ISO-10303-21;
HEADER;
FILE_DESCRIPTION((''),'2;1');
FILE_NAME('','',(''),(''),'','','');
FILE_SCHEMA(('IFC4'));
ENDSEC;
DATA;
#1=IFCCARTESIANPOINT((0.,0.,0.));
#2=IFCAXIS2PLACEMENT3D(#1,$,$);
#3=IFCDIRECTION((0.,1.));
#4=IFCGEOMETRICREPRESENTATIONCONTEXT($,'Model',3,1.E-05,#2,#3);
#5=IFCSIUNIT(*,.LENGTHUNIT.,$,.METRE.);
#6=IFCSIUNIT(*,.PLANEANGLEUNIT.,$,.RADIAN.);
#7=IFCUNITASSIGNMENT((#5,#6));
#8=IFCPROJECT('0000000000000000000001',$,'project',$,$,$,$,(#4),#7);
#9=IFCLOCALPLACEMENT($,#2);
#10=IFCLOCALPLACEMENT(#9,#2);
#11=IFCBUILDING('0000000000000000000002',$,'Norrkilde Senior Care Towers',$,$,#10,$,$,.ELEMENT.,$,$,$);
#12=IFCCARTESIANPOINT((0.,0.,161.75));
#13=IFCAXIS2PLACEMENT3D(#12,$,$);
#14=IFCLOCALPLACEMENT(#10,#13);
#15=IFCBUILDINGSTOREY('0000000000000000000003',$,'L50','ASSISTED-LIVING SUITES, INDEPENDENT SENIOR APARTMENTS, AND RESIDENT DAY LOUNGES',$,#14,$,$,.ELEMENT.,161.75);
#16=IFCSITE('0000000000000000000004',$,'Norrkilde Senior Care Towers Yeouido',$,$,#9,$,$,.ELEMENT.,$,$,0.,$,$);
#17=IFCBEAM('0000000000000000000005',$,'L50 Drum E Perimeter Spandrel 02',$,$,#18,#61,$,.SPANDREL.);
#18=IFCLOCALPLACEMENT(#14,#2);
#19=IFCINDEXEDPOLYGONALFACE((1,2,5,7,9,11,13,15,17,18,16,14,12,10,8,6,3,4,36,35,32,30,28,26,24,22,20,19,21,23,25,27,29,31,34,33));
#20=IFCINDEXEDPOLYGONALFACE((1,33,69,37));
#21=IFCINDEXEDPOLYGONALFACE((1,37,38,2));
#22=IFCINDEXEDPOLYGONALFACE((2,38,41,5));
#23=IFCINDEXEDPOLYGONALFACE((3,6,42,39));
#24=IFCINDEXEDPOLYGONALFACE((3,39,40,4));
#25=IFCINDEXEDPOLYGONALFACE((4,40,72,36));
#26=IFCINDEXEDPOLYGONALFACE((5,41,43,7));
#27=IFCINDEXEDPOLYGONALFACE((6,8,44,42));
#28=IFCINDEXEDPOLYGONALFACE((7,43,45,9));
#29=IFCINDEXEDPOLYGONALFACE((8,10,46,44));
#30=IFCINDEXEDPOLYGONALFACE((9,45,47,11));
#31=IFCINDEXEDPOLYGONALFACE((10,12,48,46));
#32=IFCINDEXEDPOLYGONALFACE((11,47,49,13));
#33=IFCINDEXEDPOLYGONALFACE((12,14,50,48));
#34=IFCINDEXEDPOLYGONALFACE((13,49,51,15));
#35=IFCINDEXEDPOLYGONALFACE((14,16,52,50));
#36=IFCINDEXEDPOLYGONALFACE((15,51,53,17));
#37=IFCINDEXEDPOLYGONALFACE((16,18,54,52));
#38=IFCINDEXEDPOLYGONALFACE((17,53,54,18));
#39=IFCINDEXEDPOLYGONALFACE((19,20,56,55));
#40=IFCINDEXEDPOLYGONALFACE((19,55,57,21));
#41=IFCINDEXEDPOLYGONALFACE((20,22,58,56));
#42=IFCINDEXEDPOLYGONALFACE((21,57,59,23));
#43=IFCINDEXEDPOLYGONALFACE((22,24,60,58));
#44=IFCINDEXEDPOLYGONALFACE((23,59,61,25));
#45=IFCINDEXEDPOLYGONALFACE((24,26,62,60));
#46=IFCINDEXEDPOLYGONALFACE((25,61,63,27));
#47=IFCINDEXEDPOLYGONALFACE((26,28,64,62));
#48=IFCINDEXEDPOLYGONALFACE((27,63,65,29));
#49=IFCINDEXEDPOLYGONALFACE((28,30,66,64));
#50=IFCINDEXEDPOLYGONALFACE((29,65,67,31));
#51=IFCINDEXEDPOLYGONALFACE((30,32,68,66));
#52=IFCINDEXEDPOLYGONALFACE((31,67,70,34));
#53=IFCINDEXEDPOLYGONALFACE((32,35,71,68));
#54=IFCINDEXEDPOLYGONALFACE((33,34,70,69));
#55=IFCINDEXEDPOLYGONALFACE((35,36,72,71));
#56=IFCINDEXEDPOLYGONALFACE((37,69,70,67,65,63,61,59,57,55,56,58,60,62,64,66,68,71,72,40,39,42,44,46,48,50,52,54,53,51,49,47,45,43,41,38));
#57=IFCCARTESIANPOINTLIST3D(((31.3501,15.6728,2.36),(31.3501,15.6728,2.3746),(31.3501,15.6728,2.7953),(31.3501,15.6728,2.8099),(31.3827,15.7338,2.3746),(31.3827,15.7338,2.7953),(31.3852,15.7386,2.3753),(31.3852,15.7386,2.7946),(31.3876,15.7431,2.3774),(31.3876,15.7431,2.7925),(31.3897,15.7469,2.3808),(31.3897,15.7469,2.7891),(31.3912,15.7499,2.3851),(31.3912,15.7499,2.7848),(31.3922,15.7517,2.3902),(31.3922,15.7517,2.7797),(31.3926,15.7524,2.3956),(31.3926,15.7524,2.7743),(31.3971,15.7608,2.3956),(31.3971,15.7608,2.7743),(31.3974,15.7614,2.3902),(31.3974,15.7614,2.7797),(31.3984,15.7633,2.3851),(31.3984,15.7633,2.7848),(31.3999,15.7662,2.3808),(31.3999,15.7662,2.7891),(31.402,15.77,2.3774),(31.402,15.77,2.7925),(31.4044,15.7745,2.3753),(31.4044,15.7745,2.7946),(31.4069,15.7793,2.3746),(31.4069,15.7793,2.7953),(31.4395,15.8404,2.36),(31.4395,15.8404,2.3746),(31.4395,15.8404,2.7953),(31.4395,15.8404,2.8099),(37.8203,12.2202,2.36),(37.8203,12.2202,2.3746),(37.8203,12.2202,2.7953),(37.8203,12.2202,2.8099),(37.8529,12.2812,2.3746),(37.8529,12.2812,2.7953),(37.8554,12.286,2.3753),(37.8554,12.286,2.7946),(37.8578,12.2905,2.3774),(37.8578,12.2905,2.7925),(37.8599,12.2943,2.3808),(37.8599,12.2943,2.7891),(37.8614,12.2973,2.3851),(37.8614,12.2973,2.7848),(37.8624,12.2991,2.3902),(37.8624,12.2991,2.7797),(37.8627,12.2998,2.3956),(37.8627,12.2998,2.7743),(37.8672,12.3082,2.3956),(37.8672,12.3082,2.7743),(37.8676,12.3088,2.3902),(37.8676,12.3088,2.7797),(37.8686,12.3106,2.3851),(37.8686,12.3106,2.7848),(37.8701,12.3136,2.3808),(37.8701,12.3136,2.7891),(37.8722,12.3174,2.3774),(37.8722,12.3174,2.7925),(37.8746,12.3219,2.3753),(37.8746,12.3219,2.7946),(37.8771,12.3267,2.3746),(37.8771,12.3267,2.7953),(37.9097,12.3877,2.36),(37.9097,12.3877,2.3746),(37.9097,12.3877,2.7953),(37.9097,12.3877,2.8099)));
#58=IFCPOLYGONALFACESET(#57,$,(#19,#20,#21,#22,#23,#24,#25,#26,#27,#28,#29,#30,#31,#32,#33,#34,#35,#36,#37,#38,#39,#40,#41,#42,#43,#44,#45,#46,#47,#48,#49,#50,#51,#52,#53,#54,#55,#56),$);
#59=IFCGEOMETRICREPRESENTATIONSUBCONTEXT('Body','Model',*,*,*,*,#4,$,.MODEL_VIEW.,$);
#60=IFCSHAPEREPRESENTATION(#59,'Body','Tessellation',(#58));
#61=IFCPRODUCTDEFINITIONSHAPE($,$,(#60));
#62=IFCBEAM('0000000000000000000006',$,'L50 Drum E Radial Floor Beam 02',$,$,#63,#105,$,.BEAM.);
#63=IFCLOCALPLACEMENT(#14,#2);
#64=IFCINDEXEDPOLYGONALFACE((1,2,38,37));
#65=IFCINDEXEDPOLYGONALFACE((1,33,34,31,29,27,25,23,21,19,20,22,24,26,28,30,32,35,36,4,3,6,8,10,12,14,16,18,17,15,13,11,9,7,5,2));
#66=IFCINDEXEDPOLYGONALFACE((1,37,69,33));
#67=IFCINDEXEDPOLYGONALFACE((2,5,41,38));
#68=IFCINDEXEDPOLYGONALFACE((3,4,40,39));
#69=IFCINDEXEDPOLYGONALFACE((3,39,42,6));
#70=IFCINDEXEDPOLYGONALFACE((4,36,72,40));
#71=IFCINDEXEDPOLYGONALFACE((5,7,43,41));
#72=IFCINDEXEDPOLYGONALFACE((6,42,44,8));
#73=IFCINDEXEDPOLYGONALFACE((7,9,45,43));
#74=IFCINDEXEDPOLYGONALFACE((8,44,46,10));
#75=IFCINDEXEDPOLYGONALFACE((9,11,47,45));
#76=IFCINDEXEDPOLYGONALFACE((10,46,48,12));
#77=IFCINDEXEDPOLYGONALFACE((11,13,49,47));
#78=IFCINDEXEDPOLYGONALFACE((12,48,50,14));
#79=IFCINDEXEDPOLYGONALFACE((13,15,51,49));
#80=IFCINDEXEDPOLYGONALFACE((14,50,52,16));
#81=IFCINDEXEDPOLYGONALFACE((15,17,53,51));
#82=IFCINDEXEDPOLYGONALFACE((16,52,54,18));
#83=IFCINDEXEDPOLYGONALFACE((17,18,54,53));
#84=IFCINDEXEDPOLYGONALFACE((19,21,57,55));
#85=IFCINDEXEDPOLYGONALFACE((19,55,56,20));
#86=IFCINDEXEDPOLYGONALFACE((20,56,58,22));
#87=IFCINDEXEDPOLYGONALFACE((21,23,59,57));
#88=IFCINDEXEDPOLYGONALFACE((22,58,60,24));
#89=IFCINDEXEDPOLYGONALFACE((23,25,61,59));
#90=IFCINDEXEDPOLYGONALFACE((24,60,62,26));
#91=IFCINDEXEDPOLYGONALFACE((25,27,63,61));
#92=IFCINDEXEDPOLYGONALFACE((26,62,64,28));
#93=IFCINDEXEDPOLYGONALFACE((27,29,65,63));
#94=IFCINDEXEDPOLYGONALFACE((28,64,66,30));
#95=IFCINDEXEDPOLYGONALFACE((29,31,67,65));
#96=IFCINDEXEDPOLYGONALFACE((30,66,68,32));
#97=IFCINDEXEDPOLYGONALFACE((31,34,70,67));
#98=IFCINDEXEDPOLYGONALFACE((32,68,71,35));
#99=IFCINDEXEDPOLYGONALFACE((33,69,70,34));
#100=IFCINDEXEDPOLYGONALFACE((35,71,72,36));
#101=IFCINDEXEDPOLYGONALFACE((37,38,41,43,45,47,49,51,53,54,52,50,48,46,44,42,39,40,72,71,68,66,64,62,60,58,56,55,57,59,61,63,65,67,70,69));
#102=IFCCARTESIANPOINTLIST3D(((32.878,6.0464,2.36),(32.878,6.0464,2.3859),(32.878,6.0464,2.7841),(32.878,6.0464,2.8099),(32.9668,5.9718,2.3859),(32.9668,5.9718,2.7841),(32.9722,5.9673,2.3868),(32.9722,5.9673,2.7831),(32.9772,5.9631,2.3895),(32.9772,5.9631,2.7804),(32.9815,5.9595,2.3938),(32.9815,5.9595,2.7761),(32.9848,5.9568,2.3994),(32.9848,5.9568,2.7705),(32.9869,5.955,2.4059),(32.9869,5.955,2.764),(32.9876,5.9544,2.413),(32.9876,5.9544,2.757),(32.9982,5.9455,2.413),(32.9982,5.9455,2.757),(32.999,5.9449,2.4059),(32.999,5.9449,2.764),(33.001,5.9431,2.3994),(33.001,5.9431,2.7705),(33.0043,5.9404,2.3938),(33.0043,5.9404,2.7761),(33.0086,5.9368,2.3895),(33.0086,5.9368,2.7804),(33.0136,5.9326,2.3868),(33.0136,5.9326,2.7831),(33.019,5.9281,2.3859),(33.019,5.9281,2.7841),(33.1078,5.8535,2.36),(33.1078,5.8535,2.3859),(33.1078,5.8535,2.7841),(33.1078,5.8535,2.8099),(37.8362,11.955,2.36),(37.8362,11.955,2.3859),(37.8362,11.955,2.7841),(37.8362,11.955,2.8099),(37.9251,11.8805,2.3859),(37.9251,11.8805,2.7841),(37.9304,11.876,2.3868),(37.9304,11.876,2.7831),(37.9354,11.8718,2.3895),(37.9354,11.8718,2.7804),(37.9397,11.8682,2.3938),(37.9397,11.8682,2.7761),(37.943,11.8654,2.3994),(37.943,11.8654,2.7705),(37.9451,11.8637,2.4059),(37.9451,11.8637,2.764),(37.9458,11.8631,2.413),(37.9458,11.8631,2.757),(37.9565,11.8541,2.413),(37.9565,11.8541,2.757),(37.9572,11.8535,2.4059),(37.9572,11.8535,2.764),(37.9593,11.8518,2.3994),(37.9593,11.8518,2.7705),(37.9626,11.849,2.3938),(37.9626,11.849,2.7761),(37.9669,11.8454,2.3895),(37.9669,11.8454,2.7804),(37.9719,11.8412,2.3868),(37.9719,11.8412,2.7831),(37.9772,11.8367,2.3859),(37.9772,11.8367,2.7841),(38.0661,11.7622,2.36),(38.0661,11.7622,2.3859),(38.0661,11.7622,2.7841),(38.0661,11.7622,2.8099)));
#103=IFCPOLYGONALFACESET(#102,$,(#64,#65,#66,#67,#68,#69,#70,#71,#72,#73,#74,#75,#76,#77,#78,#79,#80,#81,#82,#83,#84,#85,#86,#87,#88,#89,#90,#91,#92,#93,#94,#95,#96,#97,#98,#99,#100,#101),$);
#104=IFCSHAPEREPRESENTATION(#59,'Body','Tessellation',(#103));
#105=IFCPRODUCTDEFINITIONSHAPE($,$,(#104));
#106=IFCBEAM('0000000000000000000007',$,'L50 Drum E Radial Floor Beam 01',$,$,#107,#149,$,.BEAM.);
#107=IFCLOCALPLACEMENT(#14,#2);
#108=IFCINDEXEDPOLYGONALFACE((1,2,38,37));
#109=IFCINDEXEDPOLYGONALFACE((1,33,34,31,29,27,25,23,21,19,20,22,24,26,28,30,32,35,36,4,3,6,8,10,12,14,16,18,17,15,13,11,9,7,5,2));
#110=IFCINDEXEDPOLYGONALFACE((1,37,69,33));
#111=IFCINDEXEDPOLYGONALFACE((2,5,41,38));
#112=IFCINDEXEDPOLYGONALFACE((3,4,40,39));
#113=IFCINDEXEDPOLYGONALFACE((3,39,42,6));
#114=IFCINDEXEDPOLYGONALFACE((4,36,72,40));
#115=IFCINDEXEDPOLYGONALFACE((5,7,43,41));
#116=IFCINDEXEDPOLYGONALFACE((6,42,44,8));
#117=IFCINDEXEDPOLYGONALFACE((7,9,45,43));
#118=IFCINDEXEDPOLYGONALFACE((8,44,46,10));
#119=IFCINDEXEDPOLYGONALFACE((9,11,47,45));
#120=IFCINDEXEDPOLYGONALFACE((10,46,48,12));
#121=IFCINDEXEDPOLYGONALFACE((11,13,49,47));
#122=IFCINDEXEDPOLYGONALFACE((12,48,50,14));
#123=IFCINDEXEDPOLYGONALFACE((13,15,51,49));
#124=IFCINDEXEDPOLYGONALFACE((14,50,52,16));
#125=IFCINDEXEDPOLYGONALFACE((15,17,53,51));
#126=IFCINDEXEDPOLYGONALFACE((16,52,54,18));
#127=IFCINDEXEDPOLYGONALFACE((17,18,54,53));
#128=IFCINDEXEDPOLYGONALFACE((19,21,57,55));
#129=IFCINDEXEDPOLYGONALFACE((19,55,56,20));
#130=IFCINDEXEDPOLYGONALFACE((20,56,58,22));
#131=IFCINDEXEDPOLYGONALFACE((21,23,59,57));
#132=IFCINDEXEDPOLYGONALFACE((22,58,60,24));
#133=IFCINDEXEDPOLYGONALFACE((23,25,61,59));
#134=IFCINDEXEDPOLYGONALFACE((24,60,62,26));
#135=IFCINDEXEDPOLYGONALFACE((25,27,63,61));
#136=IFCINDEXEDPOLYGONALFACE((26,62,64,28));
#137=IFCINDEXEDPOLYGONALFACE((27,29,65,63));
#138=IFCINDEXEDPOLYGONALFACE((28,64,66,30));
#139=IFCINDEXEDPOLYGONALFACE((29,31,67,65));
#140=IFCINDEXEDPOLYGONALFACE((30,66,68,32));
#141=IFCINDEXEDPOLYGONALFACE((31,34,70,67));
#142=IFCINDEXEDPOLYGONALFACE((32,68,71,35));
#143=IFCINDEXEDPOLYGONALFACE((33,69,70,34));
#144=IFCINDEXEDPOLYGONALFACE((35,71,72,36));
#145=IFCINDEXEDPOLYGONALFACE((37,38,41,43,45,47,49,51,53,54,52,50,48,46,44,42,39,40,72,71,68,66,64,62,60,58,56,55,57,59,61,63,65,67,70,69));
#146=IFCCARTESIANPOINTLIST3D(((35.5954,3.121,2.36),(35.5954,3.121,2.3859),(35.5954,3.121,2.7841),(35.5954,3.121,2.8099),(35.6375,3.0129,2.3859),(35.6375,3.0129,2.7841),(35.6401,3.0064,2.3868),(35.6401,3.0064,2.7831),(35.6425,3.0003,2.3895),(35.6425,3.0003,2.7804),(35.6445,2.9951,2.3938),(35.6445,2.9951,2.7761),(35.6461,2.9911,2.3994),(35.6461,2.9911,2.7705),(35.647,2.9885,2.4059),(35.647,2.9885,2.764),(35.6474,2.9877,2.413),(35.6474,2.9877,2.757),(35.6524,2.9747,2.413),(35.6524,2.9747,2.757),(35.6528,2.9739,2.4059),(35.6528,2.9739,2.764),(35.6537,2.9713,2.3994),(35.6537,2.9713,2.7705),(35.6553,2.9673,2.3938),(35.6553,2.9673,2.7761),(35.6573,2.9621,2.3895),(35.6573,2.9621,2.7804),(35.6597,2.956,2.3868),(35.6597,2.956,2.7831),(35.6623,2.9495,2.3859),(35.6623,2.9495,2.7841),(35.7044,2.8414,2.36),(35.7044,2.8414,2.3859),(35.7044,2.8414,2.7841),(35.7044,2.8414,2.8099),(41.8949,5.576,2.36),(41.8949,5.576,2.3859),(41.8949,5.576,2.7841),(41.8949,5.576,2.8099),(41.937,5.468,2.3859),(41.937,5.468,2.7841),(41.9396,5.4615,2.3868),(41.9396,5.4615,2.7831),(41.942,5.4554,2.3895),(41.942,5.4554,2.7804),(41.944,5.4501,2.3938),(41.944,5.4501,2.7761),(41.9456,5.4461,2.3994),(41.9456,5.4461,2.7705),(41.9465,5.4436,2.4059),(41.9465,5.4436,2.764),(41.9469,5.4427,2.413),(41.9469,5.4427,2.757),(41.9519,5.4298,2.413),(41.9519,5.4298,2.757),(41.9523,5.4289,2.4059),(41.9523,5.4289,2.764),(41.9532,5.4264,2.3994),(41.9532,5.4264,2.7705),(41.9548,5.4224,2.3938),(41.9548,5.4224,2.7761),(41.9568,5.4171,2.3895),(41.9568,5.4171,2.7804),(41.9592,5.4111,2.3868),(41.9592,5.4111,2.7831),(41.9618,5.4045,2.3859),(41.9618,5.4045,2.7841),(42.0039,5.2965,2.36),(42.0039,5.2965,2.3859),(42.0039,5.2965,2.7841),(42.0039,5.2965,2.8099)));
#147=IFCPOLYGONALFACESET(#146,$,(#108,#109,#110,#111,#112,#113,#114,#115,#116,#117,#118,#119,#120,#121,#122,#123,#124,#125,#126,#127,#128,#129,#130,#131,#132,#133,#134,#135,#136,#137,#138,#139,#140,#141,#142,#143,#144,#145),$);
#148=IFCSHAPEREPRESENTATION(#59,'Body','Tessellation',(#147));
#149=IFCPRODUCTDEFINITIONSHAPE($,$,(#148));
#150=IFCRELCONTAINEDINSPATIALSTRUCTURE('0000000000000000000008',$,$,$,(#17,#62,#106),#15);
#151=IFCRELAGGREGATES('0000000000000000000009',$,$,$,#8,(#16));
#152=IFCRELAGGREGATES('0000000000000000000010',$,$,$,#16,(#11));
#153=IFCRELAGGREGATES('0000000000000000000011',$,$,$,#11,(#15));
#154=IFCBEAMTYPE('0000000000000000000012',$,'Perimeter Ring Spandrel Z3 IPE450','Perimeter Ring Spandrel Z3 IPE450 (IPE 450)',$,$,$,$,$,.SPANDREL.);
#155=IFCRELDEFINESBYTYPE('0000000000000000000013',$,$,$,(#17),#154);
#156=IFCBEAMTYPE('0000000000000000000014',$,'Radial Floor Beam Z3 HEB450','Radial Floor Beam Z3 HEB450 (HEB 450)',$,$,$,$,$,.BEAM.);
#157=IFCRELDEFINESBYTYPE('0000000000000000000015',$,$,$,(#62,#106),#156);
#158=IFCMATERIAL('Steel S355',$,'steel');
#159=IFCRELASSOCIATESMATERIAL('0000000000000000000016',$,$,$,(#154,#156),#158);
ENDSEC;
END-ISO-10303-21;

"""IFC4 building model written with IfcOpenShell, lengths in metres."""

from ifc_helpers import new_model, si_unit, direction, frame, origin, origin_2d, place, context, subcontext, project, spatial, i_section, extrude, source, transform, mapped, material, material_profile, profile_set, type_object, type_shapes, element, save


model = new_model("IFC4")

# Units and contexts
model_context = context("Model", 3, precision=1e-05, world=origin(), true_north=direction((0.0, 1.0)))
body_context = subcontext(model_context, "Body", "Model", "MODEL_VIEW")
ifc_project = project(units=[si_unit("LENGTHUNIT", "METRE"), si_unit("PLANEANGLEUNIT", "RADIAN")], contexts=[model_context])

# Site, building, storey
site_placement = place(None, origin())
site = spatial("IfcSite", under=ifc_project, at=site_placement, Name="Norrkilde Senior Care Towers Yeouido", CompositionType="ELEMENT", RefElevation=0.0)
building_placement = place(site_placement, origin())
building = spatial("IfcBuilding", under=site, at=building_placement, Name="Norrkilde Senior Care Towers", CompositionType="ELEMENT")
storey_placement = place(building_placement, frame((0.0, 0.0, 161.75)))
storey = spatial("IfcBuildingStorey", under=building, at=storey_placement, Name="L50", Description="ASSISTED-LIVING SUITES, INDEPENDENT SENIOR APARTMENTS, AND RESIDENT DAY LOUNGES", CompositionType="ELEMENT", Elevation=161.75)

# Beams
ifc_material_1 = material(Name="Steel S355", Category="steel")
ifc_material_profile_1 = material_profile(ifc_material_1, i_section(OverallWidth=0.1899, OverallDepth=0.45, WebThickness=0.0095, FlangeThickness=0.0146, FilletRadius=0.021, at=origin_2d()), Name="IPE 450")
ifc_profile_set_1 = profile_set([ifc_material_profile_1], Name="Steel S355")
beam_type_1 = type_object("IfcBeamType", Name="Perimeter Ring Spandrel Z3 IPE450", Description="Perimeter Ring Spandrel Z3 IPE450 (IPE 450)", PredefinedType="SPANDREL", material=ifc_profile_set_1)
shared_shape_1 = source(origin(), body_context, "Body", "SweptSolid", [
    extrude(i_section(OverallWidth=0.1899, OverallDepth=0.45, WebThickness=0.0095, FlangeThickness=0.0146, FilletRadius=0.021, at=origin_2d()), origin(), (0.0, 0.0, 1.0), 7.3337),
])
beam_1_placement = place(storey_placement, frame((37.865, 12.304, 2.585), z_axis=(-0.882248, 0.470785, 0.0), x_axis=(-0.470785, -0.882248, 0.0)))
element("IfcBeam", 1, at=beam_1_placement, inside=storey, type_object=beam_type_1, Name="L50 Drum E Perimeter Spandrel 02", PredefinedType="SPANDREL", context=body_context, shape_type="MappedRepresentation", body=[
    mapped(shared_shape_1, transform((0.0, 0.0, 0.0), x_axis=(1.0, 0.0, 0.0), y_axis=(0.0, 1.0, 0.0), z_axis=(0.0, 0.0, 1.0), scale=1.0)),
])
ifc_material_profile_2 = material_profile(ifc_material_1, i_section(OverallWidth=0.3, OverallDepth=0.45, WebThickness=0.0139, FlangeThickness=0.0259, FilletRadius=0.0271, at=origin_2d()), Name="HEB 450")
ifc_profile_set_2 = profile_set([ifc_material_profile_2], Name="Steel S355")
beam_type_2 = type_object("IfcBeamType", Name="Radial Floor Beam Z3 HEB450", Description="Radial Floor Beam Z3 HEB450 (HEB 450)", PredefinedType="BEAM", material=ifc_profile_set_2)
shared_shape_2 = source(origin(), body_context, "Body", "SweptSolid", [
    extrude(i_section(OverallWidth=0.3, OverallDepth=0.45, WebThickness=0.0139, FlangeThickness=0.0259, FilletRadius=0.0271, at=origin_2d()), origin(), (0.0, 0.0, 1.0), 7.7134),
])
beam_2_placement = place(storey_placement, frame((32.9929, 5.95, 2.585), z_axis=(0.642808, 0.766027, 0.0), x_axis=(-0.766027, 0.642808, 0.0)))
element("IfcBeam", 2, at=beam_2_placement, inside=storey, type_object=beam_type_2, Name="L50 Drum E Radial Floor Beam 02", PredefinedType="BEAM", context=body_context, shape_type="MappedRepresentation", body=[
    mapped(shared_shape_2, transform((0.0, 0.0, 0.0), x_axis=(1.0, 0.0, 0.0), y_axis=(0.0, 1.0, 0.0), z_axis=(0.0, 0.0, 1.0), scale=1.0)),
])
shared_shape_3 = source(origin(), body_context, "Body", "SweptSolid", [
    extrude(i_section(OverallWidth=0.3, OverallDepth=0.45, WebThickness=0.0139, FlangeThickness=0.0259, FilletRadius=0.0271, at=origin_2d()), origin(), (0.0, 0.0, 1.0), 6.761),
])
type_shapes(beam_type_2, [shared_shape_2, shared_shape_3])
beam_3_placement = place(storey_placement, frame((35.6499, 2.9812, 2.585), z_axis=(0.931742, 0.363121, 0.0), x_axis=(-0.363121, 0.931742, 0.0)))
element("IfcBeam", 3, at=beam_3_placement, inside=storey, type_object=beam_type_2, Name="L50 Drum E Radial Floor Beam 01", PredefinedType="BEAM", context=body_context, shape_type="MappedRepresentation", body=[
    mapped(shared_shape_3, transform((0.0, 0.0, 0.0), x_axis=(1.0, 0.0, 0.0), y_axis=(0.0, 1.0, 0.0), z_axis=(0.0, 0.0, 1.0), scale=1.0)),
])

save(model, "model.ifc")
